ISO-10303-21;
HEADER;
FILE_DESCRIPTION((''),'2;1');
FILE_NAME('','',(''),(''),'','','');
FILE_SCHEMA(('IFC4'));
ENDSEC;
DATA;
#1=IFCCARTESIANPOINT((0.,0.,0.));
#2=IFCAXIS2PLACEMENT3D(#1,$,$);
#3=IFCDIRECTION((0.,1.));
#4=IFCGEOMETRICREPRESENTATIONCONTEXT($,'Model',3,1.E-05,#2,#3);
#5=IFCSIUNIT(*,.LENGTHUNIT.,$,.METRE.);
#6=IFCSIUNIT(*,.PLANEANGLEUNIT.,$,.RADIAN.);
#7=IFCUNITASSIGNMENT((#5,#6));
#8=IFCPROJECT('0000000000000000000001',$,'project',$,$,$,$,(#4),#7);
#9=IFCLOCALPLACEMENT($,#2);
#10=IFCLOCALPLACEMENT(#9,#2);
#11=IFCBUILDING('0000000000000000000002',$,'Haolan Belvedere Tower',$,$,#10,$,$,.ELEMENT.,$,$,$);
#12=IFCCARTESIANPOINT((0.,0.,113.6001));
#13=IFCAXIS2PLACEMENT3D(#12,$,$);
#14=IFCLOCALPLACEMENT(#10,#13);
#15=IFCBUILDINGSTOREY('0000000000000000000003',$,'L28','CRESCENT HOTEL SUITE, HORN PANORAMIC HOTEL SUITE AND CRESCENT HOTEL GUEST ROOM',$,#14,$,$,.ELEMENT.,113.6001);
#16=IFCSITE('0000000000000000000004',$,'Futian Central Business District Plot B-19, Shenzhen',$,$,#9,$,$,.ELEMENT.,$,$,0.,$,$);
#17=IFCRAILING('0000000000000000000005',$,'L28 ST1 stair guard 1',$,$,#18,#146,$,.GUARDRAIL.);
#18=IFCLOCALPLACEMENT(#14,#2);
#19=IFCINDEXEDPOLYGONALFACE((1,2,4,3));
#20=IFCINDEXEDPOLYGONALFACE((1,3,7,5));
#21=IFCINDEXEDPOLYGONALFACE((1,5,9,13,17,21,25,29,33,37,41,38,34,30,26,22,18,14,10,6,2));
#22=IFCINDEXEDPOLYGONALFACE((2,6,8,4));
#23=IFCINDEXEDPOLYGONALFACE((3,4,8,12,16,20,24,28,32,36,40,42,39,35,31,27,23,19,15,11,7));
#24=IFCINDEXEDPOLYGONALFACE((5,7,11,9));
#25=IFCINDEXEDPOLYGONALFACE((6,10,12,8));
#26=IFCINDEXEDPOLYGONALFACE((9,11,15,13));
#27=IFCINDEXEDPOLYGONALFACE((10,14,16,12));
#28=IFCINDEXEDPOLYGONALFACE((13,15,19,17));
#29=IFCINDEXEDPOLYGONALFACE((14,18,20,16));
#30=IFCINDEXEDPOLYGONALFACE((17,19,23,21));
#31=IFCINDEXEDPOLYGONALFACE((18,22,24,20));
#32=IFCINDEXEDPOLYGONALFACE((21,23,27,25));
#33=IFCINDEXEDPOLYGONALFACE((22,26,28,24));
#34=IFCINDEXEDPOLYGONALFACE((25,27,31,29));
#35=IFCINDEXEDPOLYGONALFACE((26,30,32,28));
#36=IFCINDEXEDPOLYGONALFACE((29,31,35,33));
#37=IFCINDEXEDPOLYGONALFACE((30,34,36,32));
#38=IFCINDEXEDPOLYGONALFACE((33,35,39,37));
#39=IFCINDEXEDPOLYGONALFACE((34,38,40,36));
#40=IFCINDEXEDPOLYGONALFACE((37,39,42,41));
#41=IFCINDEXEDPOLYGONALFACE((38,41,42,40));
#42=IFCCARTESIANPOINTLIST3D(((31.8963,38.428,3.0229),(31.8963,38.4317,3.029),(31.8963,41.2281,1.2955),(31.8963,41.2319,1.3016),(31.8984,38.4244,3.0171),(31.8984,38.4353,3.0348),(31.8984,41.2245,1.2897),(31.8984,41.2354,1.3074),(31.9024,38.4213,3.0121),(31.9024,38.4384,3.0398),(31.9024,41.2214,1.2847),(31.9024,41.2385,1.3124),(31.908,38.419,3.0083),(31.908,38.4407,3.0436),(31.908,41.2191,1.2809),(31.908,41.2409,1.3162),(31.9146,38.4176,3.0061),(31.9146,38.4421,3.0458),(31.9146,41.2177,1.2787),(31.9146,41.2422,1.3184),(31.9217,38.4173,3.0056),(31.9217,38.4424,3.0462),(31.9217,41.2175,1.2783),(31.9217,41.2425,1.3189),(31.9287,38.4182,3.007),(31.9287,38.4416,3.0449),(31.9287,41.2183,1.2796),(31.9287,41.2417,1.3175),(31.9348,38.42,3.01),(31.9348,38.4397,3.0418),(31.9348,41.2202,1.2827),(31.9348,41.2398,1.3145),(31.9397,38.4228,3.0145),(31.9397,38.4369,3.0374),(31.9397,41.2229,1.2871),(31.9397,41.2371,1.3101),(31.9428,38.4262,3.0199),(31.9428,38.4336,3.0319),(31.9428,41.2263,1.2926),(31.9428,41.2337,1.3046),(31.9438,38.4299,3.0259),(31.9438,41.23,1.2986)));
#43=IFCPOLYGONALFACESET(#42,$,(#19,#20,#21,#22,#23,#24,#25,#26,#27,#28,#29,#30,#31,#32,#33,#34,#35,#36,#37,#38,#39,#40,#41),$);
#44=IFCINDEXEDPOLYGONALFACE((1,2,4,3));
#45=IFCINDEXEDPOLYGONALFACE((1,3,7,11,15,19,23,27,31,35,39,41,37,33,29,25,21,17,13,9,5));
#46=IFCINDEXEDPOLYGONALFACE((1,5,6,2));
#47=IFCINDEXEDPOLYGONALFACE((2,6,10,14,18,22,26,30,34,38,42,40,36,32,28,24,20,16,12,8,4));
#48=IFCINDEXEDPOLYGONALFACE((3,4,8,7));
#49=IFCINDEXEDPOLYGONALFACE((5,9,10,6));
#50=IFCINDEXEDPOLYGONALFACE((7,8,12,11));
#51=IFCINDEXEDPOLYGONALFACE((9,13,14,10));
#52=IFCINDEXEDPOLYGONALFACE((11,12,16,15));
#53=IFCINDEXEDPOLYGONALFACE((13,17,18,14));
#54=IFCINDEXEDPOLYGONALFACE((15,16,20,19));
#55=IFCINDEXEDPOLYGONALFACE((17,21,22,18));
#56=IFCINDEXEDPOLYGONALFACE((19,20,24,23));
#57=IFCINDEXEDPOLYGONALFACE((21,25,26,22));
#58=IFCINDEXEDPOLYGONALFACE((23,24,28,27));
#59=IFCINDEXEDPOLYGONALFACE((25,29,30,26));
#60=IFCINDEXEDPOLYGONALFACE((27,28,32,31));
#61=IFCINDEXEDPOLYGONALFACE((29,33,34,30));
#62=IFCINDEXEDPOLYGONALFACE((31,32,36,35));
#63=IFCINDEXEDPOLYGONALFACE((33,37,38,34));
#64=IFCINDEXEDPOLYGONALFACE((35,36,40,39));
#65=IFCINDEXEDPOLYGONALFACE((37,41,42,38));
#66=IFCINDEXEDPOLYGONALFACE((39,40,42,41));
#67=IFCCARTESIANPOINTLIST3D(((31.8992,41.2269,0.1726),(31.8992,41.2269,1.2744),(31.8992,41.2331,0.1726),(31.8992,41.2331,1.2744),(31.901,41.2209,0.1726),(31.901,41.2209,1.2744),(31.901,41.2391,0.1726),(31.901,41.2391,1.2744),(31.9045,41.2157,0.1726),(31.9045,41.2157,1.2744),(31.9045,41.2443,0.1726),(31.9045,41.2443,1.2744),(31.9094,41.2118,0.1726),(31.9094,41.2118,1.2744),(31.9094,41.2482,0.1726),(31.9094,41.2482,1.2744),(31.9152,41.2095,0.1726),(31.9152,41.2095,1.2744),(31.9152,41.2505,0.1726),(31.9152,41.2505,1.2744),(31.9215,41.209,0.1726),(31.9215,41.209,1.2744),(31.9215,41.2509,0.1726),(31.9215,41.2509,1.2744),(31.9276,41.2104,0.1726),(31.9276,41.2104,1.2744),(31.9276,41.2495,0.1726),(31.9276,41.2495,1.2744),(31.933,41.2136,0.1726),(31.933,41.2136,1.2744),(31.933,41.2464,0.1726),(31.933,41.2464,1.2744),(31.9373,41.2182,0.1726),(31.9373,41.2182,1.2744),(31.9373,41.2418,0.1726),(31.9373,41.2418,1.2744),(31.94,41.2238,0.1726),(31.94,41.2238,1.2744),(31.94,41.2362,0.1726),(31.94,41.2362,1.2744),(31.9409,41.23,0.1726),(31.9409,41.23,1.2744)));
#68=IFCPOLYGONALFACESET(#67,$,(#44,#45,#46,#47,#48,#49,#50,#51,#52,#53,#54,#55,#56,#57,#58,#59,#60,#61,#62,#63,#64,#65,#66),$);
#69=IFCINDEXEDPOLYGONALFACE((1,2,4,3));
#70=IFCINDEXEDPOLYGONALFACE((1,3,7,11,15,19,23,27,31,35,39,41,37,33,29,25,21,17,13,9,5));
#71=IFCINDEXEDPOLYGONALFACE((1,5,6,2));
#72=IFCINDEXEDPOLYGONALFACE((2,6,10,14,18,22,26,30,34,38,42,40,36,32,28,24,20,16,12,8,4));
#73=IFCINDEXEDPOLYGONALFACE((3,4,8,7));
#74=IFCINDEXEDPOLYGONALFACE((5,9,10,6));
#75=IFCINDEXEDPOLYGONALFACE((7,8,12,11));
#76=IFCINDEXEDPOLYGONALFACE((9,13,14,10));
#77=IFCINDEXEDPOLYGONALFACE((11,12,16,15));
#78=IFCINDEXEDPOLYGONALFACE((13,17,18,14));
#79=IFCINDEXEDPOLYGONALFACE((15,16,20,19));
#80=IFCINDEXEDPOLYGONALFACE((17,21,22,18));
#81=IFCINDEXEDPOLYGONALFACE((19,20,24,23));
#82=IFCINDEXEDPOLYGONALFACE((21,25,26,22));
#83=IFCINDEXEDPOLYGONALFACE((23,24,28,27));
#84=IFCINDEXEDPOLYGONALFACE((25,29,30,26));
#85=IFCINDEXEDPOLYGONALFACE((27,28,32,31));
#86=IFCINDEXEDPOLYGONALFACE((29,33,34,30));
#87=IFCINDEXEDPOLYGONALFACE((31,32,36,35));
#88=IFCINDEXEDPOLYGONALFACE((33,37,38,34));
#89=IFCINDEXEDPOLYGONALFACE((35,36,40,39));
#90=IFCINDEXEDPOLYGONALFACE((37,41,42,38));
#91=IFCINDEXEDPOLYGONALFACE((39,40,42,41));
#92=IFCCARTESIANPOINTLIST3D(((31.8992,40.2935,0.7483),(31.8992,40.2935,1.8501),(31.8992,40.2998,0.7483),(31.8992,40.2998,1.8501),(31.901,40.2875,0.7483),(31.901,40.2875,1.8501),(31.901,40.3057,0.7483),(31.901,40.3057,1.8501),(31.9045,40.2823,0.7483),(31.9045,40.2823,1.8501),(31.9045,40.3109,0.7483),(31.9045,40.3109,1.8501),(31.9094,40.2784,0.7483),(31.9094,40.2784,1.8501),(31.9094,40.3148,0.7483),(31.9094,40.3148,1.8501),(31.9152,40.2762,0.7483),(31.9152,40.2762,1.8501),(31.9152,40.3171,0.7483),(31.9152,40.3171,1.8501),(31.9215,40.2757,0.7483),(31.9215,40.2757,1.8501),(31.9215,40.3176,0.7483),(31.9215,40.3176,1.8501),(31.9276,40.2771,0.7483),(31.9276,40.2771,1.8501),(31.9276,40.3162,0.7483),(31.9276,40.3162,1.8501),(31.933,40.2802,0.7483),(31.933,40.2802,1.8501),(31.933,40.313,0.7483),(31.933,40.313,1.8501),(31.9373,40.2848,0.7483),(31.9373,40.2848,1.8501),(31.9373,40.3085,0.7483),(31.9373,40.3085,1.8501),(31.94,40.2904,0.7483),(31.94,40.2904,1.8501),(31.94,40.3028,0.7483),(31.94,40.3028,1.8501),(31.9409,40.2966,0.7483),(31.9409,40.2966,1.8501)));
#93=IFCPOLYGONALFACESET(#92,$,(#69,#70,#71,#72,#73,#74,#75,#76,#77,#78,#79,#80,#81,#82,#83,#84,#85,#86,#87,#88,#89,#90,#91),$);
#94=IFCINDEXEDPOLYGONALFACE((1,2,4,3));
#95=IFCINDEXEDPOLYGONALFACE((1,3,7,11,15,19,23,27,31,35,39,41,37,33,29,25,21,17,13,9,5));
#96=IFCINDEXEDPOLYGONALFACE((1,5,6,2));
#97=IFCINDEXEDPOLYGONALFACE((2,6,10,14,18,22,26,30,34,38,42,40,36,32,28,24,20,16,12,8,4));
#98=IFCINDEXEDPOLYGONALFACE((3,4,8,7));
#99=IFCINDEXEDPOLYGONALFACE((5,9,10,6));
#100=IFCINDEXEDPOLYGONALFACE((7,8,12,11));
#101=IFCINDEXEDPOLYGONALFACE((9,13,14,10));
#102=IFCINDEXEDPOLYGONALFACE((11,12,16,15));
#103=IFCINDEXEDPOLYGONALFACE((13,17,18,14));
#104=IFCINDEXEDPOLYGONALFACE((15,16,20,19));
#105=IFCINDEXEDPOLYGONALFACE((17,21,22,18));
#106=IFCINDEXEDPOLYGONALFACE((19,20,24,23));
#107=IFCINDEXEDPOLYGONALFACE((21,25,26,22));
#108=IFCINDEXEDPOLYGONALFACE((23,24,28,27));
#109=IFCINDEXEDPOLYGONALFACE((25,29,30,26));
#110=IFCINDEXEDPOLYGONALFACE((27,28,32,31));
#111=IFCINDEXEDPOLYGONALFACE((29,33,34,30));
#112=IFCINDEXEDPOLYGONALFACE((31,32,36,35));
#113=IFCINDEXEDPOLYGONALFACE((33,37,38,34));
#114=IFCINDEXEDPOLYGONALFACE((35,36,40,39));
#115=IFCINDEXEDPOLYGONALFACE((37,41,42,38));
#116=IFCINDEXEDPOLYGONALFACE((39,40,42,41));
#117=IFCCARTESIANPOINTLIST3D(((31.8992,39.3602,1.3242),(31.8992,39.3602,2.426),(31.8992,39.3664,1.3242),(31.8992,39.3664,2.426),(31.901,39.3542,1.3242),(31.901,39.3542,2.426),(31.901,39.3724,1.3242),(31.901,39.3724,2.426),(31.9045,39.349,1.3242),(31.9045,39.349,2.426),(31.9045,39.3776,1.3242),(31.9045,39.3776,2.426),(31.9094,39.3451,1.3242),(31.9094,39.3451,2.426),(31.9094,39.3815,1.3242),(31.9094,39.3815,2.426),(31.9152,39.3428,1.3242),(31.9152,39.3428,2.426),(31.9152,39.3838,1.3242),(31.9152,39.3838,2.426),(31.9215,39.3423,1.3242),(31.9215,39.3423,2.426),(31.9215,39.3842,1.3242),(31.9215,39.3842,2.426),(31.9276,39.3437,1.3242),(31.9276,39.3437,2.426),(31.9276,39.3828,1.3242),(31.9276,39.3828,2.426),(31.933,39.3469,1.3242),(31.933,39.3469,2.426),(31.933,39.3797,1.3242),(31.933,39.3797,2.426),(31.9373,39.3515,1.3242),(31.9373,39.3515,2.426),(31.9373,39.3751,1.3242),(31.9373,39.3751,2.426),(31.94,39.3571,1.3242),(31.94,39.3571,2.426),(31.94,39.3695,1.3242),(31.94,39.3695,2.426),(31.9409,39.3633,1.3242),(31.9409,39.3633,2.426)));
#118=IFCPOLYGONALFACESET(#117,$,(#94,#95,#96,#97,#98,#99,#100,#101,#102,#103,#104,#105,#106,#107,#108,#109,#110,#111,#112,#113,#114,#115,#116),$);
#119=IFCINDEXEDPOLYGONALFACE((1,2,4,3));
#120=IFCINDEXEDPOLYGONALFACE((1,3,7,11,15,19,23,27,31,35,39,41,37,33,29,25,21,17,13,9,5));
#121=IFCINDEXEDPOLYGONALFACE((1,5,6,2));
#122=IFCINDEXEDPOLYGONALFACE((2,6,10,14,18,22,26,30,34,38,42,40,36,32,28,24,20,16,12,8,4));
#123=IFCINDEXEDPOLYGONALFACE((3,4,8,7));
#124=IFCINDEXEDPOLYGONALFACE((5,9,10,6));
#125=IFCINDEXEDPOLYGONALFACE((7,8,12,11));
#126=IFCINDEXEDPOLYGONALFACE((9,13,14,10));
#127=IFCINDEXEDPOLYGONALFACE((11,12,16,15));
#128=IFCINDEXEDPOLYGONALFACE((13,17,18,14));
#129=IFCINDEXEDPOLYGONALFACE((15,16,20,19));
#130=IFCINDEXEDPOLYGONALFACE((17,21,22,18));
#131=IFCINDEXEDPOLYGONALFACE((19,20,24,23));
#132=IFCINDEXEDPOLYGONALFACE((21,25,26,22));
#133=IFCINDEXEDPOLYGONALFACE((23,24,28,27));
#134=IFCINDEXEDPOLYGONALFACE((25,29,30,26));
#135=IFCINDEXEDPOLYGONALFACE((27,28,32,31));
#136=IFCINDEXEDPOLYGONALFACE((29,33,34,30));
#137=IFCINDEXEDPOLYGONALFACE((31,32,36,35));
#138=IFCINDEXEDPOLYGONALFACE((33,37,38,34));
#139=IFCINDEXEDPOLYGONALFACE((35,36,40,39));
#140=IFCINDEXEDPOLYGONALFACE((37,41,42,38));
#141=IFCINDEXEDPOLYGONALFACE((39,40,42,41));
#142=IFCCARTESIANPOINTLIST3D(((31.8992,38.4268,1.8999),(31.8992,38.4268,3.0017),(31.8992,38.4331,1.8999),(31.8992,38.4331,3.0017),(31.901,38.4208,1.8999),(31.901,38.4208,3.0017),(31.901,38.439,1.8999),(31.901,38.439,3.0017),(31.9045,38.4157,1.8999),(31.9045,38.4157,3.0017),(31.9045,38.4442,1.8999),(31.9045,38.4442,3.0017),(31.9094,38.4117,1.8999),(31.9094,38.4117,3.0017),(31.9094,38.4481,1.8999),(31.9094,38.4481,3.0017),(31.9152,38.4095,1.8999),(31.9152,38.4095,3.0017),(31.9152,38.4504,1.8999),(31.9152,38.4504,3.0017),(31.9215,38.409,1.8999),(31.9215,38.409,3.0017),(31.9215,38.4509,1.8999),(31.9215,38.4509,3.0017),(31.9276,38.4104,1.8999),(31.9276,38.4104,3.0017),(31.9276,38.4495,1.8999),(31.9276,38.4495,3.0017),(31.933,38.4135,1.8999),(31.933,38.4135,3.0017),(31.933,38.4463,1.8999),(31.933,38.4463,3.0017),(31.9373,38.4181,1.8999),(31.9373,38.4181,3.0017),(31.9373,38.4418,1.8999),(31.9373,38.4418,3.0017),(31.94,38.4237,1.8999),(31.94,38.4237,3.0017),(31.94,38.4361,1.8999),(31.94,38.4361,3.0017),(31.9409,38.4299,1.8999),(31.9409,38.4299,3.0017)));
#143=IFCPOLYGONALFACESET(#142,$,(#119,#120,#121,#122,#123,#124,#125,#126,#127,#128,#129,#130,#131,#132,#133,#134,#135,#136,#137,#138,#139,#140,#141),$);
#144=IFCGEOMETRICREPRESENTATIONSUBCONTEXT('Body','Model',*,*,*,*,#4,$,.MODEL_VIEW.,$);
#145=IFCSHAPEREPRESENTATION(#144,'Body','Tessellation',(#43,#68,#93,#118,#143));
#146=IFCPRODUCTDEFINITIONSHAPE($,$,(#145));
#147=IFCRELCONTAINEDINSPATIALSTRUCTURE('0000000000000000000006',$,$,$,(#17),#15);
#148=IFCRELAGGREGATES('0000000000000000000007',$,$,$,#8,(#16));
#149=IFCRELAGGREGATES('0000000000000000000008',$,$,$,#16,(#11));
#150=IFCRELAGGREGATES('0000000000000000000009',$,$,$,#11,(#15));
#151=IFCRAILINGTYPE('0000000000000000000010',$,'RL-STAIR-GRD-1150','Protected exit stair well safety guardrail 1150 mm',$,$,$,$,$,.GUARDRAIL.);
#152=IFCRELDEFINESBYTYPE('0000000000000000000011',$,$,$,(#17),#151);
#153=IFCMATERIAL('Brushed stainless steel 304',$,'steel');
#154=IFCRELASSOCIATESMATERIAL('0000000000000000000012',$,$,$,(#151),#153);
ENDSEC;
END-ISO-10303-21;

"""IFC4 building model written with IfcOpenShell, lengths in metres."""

from ifc_helpers import new_model, si_unit, direction, frame, origin, origin_2d, place, context, subcontext, project, spatial, circle, extrude, material, type_object, element, save


model = new_model("IFC4")

# Units and contexts
model_context = context("Model", 3, precision=1e-05, world=origin(), true_north=direction((0.0, 1.0)))
body_context = subcontext(model_context, "Body", "Model", "MODEL_VIEW")
ifc_project = project(units=[si_unit("LENGTHUNIT", "METRE"), si_unit("PLANEANGLEUNIT", "RADIAN")], contexts=[model_context])

# Site, building, storey
site_placement = place(None, origin())
site = spatial("IfcSite", under=ifc_project, at=site_placement, Name="Futian Central Business District Plot B-19, Shenzhen", CompositionType="ELEMENT", RefElevation=0.0)
building_placement = place(site_placement, origin())
building = spatial("IfcBuilding", under=site, at=building_placement, Name="Haolan Belvedere Tower", CompositionType="ELEMENT")
storey_placement = place(building_placement, frame((0.0, 0.0, 113.6001)))
storey = spatial("IfcBuildingStorey", under=building, at=storey_placement, Name="L28", Description="CRESCENT HOTEL SUITE, HORN PANORAMIC HOTEL SUITE AND CRESCENT HOTEL GUEST ROOM", CompositionType="ELEMENT", Elevation=113.6001)

# Railing
ifc_material_1 = material(Name="Brushed stainless steel 304", Category="steel")
railing_type = type_object("IfcRailingType", Name="RL-STAIR-GRD-1150", Description="Protected exit stair well safety guardrail 1150 mm", PredefinedType="GUARDRAIL", material=ifc_material_1)
railing_1_placement = place(storey_placement, frame((31.9199, 41.23, 0.1726)))
element("IfcRailing", 1, at=railing_1_placement, inside=storey, type_object=railing_type, Name="L28 ST1 stair guard 1", PredefinedType="GUARDRAIL", context=body_context, shape_type="SweptSolid", body=[
    extrude(circle(Radius=0.0239, at=origin_2d()), frame((0.0, 0.0, 1.126), z_axis=(0.0, -0.85109, 0.52502), x_axis=(1.0, 0.0, 0.0)), (0.0, 0.0, 1.0), 3.29),
    extrude(circle(Radius=0.021, at=origin_2d()), origin(), (0.0, 0.0, 1.0), 1.1018),
    extrude(circle(Radius=0.021, at=origin_2d()), frame((0.0, -0.9333, 0.5757)), (0.0, 0.0, 1.0), 1.1018),
    extrude(circle(Radius=0.021, at=origin_2d()), frame((0.0, -1.8667, 1.1516)), (0.0, 0.0, 1.0), 1.1018),
    extrude(circle(Radius=0.021, at=origin_2d()), frame((0.0, -2.8, 1.7273)), (0.0, 0.0, 1.0), 1.1018),
])

save(model, "model.ifc")
